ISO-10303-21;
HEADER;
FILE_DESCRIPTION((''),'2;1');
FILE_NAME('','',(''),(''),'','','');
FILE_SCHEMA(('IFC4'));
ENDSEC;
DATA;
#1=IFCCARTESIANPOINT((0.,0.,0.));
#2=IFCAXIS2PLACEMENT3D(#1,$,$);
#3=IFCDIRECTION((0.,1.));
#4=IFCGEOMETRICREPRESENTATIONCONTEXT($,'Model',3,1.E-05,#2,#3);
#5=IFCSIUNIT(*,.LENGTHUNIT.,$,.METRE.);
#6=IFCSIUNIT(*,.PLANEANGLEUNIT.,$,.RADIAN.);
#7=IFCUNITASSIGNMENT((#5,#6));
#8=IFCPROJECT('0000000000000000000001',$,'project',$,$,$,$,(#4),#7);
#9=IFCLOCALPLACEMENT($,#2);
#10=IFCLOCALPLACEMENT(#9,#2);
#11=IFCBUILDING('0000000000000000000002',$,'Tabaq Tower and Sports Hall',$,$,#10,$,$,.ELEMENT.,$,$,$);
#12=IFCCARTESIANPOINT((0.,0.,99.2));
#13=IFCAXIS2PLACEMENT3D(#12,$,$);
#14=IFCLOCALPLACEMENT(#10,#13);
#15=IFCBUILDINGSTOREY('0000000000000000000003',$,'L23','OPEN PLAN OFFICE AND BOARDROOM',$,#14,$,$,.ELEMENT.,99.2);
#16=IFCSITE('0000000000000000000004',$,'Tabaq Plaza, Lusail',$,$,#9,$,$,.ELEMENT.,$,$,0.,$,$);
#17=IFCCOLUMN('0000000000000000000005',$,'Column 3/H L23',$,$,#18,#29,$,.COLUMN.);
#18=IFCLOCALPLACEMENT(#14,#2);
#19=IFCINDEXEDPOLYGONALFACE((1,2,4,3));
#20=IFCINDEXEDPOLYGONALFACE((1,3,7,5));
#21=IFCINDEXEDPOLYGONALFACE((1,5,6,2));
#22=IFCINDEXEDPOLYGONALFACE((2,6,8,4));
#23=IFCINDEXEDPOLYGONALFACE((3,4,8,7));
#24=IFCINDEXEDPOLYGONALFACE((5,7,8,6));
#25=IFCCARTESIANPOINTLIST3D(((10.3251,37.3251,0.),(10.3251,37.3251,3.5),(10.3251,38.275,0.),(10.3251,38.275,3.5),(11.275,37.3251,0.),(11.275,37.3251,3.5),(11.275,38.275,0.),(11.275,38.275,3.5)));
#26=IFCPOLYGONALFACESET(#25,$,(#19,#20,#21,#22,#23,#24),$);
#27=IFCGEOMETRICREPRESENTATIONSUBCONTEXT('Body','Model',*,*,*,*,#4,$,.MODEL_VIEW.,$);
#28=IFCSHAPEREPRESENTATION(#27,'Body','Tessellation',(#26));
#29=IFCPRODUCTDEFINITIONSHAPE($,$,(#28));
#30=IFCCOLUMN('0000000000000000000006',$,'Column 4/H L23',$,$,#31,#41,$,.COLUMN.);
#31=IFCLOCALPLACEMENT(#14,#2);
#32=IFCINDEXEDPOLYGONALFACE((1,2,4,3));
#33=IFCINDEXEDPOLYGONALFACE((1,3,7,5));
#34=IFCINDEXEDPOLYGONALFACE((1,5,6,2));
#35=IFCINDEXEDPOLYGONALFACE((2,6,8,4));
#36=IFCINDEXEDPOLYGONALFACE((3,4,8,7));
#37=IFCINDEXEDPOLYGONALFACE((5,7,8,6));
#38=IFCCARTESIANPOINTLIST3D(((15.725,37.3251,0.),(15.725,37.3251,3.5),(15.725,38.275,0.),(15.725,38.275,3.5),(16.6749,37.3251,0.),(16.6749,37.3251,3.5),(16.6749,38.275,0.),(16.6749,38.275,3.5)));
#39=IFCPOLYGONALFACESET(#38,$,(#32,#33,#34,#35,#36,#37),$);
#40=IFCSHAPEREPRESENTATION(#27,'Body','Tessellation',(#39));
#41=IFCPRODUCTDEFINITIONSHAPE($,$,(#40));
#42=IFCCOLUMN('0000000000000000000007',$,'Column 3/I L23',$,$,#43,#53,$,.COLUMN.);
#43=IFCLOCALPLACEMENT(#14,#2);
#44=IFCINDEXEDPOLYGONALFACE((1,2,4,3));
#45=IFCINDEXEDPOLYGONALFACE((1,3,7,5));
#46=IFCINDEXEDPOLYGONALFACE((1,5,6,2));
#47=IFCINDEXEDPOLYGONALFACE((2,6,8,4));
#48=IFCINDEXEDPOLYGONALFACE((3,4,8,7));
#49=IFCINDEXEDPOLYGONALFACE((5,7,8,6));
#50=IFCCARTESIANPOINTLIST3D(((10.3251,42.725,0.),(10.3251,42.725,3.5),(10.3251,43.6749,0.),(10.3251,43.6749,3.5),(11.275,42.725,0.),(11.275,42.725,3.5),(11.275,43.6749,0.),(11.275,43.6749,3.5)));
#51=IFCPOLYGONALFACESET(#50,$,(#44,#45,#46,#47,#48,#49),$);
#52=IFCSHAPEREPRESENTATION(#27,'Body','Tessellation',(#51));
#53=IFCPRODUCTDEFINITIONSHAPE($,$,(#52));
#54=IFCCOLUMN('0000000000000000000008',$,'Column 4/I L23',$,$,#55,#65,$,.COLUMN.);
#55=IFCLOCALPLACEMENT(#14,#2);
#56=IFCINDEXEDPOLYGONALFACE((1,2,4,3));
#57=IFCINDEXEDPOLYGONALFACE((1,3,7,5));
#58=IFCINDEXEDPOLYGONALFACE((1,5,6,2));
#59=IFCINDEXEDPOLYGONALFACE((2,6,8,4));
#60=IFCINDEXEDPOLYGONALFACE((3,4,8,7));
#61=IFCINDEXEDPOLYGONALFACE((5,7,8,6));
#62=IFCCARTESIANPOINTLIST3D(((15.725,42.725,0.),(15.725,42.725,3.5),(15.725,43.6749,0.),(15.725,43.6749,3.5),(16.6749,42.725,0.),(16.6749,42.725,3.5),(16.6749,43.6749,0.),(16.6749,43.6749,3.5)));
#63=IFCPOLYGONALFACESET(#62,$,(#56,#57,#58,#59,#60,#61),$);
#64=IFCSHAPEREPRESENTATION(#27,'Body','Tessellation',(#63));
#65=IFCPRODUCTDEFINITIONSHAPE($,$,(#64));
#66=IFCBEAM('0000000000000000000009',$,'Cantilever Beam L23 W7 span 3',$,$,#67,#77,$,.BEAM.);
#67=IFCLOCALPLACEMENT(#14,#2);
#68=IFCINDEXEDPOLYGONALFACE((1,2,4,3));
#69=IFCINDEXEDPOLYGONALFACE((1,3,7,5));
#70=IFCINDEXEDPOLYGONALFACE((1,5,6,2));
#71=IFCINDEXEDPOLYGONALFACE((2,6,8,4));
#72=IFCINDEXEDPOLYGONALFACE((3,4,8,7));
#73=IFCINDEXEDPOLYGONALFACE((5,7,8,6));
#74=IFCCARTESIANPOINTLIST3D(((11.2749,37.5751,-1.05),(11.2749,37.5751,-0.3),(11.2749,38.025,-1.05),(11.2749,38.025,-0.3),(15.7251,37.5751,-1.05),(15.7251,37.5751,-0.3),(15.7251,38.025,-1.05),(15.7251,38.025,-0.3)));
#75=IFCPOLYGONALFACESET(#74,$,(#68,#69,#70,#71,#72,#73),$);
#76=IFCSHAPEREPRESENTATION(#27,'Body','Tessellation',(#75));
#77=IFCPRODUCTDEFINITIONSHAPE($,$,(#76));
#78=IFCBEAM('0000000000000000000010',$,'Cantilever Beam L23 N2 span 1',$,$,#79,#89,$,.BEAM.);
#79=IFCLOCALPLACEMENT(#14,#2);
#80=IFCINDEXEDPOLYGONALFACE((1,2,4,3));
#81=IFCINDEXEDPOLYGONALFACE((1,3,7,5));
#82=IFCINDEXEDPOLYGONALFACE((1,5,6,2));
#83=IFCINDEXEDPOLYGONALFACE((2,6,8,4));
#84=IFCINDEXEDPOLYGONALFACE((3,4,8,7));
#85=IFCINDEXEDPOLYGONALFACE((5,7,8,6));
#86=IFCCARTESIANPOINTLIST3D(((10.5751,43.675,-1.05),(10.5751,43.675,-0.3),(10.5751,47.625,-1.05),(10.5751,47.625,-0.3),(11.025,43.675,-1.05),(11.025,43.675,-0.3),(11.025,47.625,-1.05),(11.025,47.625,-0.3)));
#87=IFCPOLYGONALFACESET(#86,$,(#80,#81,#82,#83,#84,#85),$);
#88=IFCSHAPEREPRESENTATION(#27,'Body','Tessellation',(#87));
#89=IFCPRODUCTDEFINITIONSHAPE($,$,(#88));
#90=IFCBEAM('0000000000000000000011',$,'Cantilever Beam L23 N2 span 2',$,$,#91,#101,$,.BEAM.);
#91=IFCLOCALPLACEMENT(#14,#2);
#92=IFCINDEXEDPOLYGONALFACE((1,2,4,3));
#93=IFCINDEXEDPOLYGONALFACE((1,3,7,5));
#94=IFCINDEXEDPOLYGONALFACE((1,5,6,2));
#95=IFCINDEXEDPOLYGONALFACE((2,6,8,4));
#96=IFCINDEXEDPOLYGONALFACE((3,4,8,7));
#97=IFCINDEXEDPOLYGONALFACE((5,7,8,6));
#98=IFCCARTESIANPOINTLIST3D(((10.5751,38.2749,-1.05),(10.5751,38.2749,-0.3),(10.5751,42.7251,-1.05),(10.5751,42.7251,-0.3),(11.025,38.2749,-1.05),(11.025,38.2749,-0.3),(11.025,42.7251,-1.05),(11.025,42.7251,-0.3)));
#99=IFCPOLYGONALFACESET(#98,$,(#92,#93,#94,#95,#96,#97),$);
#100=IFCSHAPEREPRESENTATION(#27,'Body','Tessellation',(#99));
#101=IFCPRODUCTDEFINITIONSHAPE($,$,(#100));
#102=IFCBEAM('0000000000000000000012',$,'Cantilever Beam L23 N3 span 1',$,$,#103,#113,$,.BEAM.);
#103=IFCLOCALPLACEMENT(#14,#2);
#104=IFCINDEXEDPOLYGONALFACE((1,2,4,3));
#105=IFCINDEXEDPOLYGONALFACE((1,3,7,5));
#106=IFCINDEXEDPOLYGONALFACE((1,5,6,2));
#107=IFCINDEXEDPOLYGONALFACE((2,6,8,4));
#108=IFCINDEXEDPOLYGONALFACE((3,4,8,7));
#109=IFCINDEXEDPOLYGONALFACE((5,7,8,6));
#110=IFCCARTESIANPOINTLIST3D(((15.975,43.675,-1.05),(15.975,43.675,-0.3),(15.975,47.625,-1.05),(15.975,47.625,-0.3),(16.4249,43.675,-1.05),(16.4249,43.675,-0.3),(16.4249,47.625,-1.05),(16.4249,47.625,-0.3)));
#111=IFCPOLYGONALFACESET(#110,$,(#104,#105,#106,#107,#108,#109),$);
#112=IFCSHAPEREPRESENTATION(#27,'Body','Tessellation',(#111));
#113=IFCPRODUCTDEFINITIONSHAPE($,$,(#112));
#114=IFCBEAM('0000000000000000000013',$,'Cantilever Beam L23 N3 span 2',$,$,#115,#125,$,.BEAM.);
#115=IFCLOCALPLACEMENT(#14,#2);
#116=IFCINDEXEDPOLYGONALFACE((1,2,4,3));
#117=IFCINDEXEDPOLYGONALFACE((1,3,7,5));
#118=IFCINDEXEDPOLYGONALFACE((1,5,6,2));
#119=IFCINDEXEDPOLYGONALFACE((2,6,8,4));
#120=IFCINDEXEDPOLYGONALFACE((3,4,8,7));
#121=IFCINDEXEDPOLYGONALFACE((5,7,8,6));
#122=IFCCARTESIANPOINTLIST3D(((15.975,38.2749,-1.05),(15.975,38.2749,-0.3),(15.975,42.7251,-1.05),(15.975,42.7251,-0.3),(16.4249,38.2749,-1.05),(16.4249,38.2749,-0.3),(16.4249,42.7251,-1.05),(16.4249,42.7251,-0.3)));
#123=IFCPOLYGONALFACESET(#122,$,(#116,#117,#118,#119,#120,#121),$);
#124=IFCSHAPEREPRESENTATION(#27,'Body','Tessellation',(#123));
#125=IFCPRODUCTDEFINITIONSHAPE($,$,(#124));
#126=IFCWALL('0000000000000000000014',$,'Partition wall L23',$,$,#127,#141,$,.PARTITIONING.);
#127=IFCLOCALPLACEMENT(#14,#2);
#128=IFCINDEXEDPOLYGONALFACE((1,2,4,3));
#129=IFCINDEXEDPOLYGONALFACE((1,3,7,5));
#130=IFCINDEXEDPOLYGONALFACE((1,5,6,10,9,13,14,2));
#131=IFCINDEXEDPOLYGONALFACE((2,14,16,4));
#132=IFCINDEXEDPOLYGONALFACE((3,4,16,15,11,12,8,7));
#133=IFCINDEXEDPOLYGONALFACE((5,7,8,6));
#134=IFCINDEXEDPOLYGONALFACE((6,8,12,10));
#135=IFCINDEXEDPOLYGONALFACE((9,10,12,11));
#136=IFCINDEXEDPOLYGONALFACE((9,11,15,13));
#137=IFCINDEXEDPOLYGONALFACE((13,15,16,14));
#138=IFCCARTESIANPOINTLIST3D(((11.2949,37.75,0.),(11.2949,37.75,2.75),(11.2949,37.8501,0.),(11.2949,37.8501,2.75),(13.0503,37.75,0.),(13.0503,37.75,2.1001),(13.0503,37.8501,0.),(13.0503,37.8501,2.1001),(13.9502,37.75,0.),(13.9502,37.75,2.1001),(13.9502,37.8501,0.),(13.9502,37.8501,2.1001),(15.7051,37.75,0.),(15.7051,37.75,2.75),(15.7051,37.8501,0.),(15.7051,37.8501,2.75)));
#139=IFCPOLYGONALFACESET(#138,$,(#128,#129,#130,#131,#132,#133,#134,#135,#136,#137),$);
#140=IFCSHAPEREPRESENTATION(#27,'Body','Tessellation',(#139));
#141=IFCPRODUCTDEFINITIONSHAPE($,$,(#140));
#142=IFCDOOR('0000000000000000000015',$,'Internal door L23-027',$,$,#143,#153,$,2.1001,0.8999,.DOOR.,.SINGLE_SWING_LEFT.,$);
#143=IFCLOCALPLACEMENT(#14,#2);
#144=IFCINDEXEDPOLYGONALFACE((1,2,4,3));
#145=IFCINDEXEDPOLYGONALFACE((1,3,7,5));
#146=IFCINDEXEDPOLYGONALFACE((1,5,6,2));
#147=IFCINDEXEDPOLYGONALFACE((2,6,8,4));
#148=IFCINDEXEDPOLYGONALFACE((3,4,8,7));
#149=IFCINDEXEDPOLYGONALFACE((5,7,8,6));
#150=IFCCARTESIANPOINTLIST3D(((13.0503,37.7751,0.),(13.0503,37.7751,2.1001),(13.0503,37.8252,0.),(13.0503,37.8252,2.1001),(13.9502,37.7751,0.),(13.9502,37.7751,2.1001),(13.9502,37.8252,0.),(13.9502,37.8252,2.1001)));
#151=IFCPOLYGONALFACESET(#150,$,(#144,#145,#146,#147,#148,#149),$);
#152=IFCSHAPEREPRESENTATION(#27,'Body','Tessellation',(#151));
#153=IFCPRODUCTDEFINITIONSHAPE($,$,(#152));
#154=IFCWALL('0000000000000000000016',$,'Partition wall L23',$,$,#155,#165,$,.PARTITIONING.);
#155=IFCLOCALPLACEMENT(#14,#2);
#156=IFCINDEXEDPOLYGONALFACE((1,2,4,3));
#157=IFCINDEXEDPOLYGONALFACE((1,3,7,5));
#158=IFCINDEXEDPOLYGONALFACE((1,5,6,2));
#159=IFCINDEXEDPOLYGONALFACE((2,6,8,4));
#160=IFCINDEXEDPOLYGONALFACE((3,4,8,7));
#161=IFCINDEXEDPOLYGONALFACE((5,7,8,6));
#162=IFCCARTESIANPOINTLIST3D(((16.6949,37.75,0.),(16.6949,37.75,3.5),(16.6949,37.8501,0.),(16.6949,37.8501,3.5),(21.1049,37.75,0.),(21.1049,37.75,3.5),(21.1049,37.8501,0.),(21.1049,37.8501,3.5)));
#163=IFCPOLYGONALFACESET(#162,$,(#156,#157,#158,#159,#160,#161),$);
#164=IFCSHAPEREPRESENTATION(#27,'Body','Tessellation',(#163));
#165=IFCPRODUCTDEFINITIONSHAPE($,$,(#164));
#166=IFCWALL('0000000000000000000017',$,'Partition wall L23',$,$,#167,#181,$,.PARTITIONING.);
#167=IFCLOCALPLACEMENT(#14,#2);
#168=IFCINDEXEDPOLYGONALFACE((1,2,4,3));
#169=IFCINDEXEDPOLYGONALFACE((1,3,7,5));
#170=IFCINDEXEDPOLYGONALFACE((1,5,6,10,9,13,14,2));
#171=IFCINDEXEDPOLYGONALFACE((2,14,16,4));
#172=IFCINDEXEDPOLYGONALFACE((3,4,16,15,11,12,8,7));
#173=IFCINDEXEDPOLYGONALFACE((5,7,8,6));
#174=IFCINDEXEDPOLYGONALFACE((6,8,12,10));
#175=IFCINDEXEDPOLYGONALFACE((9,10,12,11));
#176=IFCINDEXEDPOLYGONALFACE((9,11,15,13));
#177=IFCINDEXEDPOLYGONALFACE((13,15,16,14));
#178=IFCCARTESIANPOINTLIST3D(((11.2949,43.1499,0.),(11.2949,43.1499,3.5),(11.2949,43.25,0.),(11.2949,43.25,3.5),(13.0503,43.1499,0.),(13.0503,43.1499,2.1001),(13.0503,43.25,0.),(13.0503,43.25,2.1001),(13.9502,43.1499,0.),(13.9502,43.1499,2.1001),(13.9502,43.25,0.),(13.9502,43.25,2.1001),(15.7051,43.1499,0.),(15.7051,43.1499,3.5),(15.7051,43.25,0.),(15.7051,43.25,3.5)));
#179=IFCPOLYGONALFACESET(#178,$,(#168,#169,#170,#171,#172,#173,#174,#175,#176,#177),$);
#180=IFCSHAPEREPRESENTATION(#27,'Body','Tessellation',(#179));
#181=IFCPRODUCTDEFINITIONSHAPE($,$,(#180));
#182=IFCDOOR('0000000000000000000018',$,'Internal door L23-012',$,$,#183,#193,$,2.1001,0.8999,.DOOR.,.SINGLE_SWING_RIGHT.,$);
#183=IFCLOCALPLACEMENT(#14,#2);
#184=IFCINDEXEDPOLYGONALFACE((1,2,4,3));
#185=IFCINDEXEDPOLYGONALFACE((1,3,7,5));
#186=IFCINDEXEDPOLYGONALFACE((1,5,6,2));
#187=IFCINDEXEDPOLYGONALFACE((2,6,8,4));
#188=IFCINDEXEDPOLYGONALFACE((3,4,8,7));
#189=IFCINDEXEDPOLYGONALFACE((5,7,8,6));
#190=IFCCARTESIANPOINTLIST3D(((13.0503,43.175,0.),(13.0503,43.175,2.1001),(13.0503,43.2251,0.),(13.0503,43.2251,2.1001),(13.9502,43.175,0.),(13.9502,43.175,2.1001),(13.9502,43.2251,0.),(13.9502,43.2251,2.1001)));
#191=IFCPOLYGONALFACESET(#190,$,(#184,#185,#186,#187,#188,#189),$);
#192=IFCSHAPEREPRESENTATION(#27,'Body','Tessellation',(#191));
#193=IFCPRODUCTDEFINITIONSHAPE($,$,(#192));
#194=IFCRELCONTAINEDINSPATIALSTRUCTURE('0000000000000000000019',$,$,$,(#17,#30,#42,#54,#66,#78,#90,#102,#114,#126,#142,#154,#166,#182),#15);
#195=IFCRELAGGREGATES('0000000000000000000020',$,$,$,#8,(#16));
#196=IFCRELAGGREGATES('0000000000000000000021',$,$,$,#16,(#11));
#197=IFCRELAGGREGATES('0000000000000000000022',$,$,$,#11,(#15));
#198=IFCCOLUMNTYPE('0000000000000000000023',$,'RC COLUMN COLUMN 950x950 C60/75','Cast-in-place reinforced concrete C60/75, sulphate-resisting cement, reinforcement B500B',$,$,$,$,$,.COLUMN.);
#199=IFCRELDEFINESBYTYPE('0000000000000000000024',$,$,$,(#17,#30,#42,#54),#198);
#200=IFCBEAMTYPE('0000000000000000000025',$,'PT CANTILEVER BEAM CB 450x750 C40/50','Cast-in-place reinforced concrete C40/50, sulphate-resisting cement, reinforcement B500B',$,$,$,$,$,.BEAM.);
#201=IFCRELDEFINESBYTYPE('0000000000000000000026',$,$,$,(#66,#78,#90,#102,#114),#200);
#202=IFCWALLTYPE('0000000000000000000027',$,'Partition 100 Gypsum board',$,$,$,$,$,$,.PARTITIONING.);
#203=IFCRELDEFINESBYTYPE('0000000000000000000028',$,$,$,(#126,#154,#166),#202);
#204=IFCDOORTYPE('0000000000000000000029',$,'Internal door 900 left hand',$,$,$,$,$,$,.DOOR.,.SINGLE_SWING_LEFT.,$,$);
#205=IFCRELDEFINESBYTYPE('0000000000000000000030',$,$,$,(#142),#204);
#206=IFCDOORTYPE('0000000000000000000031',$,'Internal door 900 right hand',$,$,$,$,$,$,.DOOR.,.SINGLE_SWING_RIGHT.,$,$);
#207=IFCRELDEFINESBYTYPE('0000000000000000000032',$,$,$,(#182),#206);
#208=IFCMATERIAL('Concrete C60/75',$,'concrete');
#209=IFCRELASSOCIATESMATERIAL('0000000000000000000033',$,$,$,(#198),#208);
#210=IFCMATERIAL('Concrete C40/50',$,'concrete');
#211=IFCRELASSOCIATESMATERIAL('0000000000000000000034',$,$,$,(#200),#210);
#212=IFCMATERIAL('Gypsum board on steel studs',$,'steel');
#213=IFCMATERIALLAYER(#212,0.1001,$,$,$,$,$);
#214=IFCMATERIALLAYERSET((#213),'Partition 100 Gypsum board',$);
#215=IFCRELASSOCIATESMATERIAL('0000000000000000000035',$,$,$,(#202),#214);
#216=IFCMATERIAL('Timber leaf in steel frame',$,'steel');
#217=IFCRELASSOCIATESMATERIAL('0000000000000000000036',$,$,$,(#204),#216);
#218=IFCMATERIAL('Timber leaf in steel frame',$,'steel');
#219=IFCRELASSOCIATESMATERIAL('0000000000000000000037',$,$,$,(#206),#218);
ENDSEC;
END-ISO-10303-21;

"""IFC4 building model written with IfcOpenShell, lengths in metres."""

from ifc_helpers import new_model, si_unit, direction, frame, frame_2d, origin, origin_2d, place, context, subcontext, project, spatial, rectangle, extrude, material, layer, layer_set, material_profile, profile_set, type_object, element, fill, save


model = new_model("IFC4")

# Units and contexts
model_context = context("Model", 3, precision=1e-05, world=origin(), true_north=direction((0.0, 1.0)))
body_context = subcontext(model_context, "Body", "Model", "MODEL_VIEW")
ifc_project = project(units=[si_unit("LENGTHUNIT", "METRE"), si_unit("PLANEANGLEUNIT", "RADIAN")], contexts=[model_context])

# Site, building, storey
site_placement = place(None, origin())
site = spatial("IfcSite", under=ifc_project, at=site_placement, Name="Tabaq Plaza, Lusail", CompositionType="ELEMENT", RefElevation=0.0)
building_placement = place(site_placement, origin())
building = spatial("IfcBuilding", under=site, at=building_placement, Name="Tabaq Tower and Sports Hall", CompositionType="ELEMENT")
storey_placement = place(building_placement, frame((0.0, 0.0, 99.2)))
storey = spatial("IfcBuildingStorey", under=building, at=storey_placement, Name="L23", Description="OPEN PLAN OFFICE AND BOARDROOM", CompositionType="ELEMENT", Elevation=99.2)

# Columns
ifc_material_1 = material(Name="Concrete C60/75", Category="concrete")
ifc_material_profile_1 = material_profile(ifc_material_1, rectangle(XDim=0.95, YDim=0.95, at=origin_2d()), Name="COLUMN 950x950")
ifc_profile_set_1 = profile_set([ifc_material_profile_1], Name="Concrete C60/75")
column_type = type_object("IfcColumnType", Name="RC COLUMN COLUMN 950x950 C60/75", Description="Cast-in-place reinforced concrete C60/75, sulphate-resisting cement, reinforcement B500B", PredefinedType="COLUMN", material=ifc_profile_set_1)
for number, where, z_axis, x_axis, name in (
    (1, (10.8, 37.8, 0.0), (0.0, 0.0, 1.0), (1.0, 0.0, 0.0), "Column 3/H L23"),
    (2, (16.2, 37.8, 0.0), (0.0, 0.0, 1.0), (1.0, 0.0, 0.0), "Column 4/H L23"),
    (3, (10.8, 43.2, 0.0), (0.0, 0.0, 1.0), (1.0, 0.0, 0.0), "Column 3/I L23"),
    (4, (16.2, 43.2, 0.0), (0.0, 0.0, 1.0), (1.0, 0.0, 0.0), "Column 4/I L23"),
):
    element("IfcColumn", number, at=place(storey_placement, frame(where, z_axis=z_axis, x_axis=x_axis)), inside=storey, type_object=column_type, Name=name, PredefinedType="COLUMN", context=body_context, shape_type="SweptSolid", body=[
        extrude(rectangle(XDim=0.95, YDim=0.95, at=origin_2d()), origin(), (0.0, 0.0, 1.0), 3.5),
    ])

# Beams
ifc_material_2 = material(Name="Concrete C40/50", Category="concrete")
ifc_material_profile_2 = material_profile(ifc_material_2, rectangle(XDim=0.45, YDim=0.75, at=origin_2d()), Name="CB 450x750")
ifc_profile_set_2 = profile_set([ifc_material_profile_2], Name="Concrete C40/50")
beam_type = type_object("IfcBeamType", Name="PT CANTILEVER BEAM CB 450x750 C40/50", Description="Cast-in-place reinforced concrete C40/50, sulphate-resisting cement, reinforcement B500B", PredefinedType="BEAM", material=ifc_profile_set_2)
beam_1_placement = place(storey_placement, frame((11.2749, 37.8, -0.675), z_axis=(1.0, 0.0, 0.0), x_axis=(0.0, 1.0, 0.0)))
element("IfcBeam", 5, at=beam_1_placement, inside=storey, type_object=beam_type, Name="Cantilever Beam L23 W7 span 3", PredefinedType="BEAM", context=body_context, shape_type="SweptSolid", body=[
    extrude(rectangle(XDim=0.45, YDim=0.75, at=origin_2d()), origin(), (0.0, 0.0, 1.0), 4.4502),
])
beam_2_placement = place(storey_placement, frame((10.8, 47.625, -0.675), z_axis=(0.0, -1.0, 0.0), x_axis=(1.0, 0.0, 0.0)))
element("IfcBeam", 6, at=beam_2_placement, inside=storey, type_object=beam_type, Name="Cantilever Beam L23 N2 span 1", PredefinedType="BEAM", context=body_context, shape_type="SweptSolid", body=[
    extrude(rectangle(XDim=0.45, YDim=0.75, at=origin_2d()), origin(), (0.0, 0.0, 1.0), 3.95),
])
beam_3_placement = place(storey_placement, frame((10.8, 42.7251, -0.675), z_axis=(0.0, -1.0, 0.0), x_axis=(1.0, 0.0, 0.0)))
element("IfcBeam", 7, at=beam_3_placement, inside=storey, type_object=beam_type, Name="Cantilever Beam L23 N2 span 2", PredefinedType="BEAM", context=body_context, shape_type="SweptSolid", body=[
    extrude(rectangle(XDim=0.45, YDim=0.75, at=origin_2d()), origin(), (0.0, 0.0, 1.0), 4.4502),
])
beam_4_placement = place(storey_placement, frame((16.2, 47.625, -0.675), z_axis=(0.0, -1.0, 0.0), x_axis=(1.0, 0.0, 0.0)))
element("IfcBeam", 8, at=beam_4_placement, inside=storey, type_object=beam_type, Name="Cantilever Beam L23 N3 span 1", PredefinedType="BEAM", context=body_context, shape_type="SweptSolid", body=[
    extrude(rectangle(XDim=0.45, YDim=0.75, at=origin_2d()), origin(), (0.0, 0.0, 1.0), 3.95),
])
beam_5_placement = place(storey_placement, frame((16.2, 42.7251, -0.675), z_axis=(0.0, -1.0, 0.0), x_axis=(1.0, 0.0, 0.0)))
element("IfcBeam", 9, at=beam_5_placement, inside=storey, type_object=beam_type, Name="Cantilever Beam L23 N3 span 2", PredefinedType="BEAM", context=body_context, shape_type="SweptSolid", body=[
    extrude(rectangle(XDim=0.45, YDim=0.75, at=origin_2d()), origin(), (0.0, 0.0, 1.0), 4.4502),
])

# Wall, opening, door
ifc_material_3 = material(Name="Gypsum board on steel studs", Category="steel")
ifc_layer_1 = layer(ifc_material_3, 0.1001)
ifc_layer_set_1 = layer_set([ifc_layer_1], Name="Partition 100 Gypsum board")
wall_type_1 = type_object("IfcWallType", Name="Partition 100 Gypsum board", PredefinedType="PARTITIONING", material=ifc_layer_set_1)
wall_1_placement = place(storey_placement, frame((15.7051, 37.8, 0.0), z_axis=(0.0, 0.0, 1.0), x_axis=(-1.0, 0.0, 0.0)))
wall_1 = element("IfcWall", 10, at=wall_1_placement, inside=storey, type_object=wall_type_1, Name="Partition wall L23", PredefinedType="PARTITIONING", context=body_context, shape_type="SweptSolid", body=[
    extrude(rectangle(XDim=4.4102, YDim=0.1001, at=frame_2d((2.2051, 0.0))), origin(), (0.0, 0.0, 1.0), 2.75),
])
opening_1_placement = place(wall_1_placement, frame((1.7549, 0.0, 0.0)))
opening_1 = element("IfcOpeningElement", 11, at=opening_1_placement, cuts=wall_1, PredefinedType="OPENING", context=body_context, shape_type="SweptSolid", body=[
    extrude(rectangle(XDim=0.8999, YDim=2.1001, at=frame_2d((0.45, 1.05))), frame((0.0, 0.05, 0.0), z_axis=(0.0, -1.0, 0.0), x_axis=(1.0, 0.0, 0.0)), (0.0, 0.0, 1.0), 0.1001),
])
ifc_material_4 = material(Name="Timber leaf in steel frame", Category="steel")
door_type_1 = type_object("IfcDoorType", Name="Internal door 900 left hand", OperationType="SINGLE_SWING_LEFT", PredefinedType="DOOR", material=ifc_material_4)
door_1_placement = place(opening_1_placement, origin())
door_1 = element("IfcDoor", 12, at=door_1_placement, inside=storey, type_object=door_type_1, Name="Internal door L23-027", OperationType="SINGLE_SWING_LEFT", OverallHeight=2.1001, OverallWidth=0.8999, PredefinedType="DOOR", context=body_context, shape_type="SweptSolid", body=[
    extrude(rectangle(XDim=0.8999, YDim=2.1001, at=frame_2d((0.45, 1.05))), frame((0.0, 0.0249, 0.0), z_axis=(0.0, -1.0, 0.0), x_axis=(1.0, 0.0, 0.0)), (0.0, 0.0, 1.0), 0.05),
])
fill(opening_1, door_1)

# Wall
wall_2_placement = place(storey_placement, frame((21.105, 37.8, 0.0), z_axis=(0.0, 0.0, 1.0), x_axis=(-1.0, 0.0, 0.0)))
element("IfcWall", 13, at=wall_2_placement, inside=storey, type_object=wall_type_1, Name="Partition wall L23", PredefinedType="PARTITIONING", context=body_context, shape_type="SweptSolid", body=[
    extrude(rectangle(XDim=4.4099, YDim=0.1001, at=frame_2d((2.2051, 0.0))), origin(), (0.0, 0.0, 1.0), 3.5),
])

# Wall, opening, door
wall_3_placement = place(storey_placement, frame((15.7051, 43.2, 0.0), z_axis=(0.0, 0.0, 1.0), x_axis=(-1.0, 0.0, 0.0)))
wall_3 = element("IfcWall", 14, at=wall_3_placement, inside=storey, type_object=wall_type_1, Name="Partition wall L23", PredefinedType="PARTITIONING", context=body_context, shape_type="SweptSolid", body=[
    extrude(rectangle(XDim=4.4102, YDim=0.1001, at=frame_2d((2.2051, 0.0))), origin(), (0.0, 0.0, 1.0), 3.5),
])
opening_2_placement = place(wall_3_placement, frame((1.7549, 0.0, 0.0)))
opening_2 = element("IfcOpeningElement", 15, at=opening_2_placement, cuts=wall_3, PredefinedType="OPENING", context=body_context, shape_type="SweptSolid", body=[
    extrude(rectangle(XDim=0.8999, YDim=2.1001, at=frame_2d((0.45, 1.05))), frame((0.0, 0.05, 0.0), z_axis=(0.0, -1.0, 0.0), x_axis=(1.0, 0.0, 0.0)), (0.0, 0.0, 1.0), 0.1001),
])
ifc_material_5 = material(Name="Timber leaf in steel frame", Category="steel")
door_type_2 = type_object("IfcDoorType", Name="Internal door 900 right hand", OperationType="SINGLE_SWING_RIGHT", PredefinedType="DOOR", material=ifc_material_5)
door_2_placement = place(opening_2_placement, origin())
door_2 = element("IfcDoor", 16, at=door_2_placement, inside=storey, type_object=door_type_2, Name="Internal door L23-012", OperationType="SINGLE_SWING_RIGHT", OverallHeight=2.1001, OverallWidth=0.8999, PredefinedType="DOOR", context=body_context, shape_type="SweptSolid", body=[
    extrude(rectangle(XDim=0.8999, YDim=2.1001, at=frame_2d((0.45, 1.05))), frame((0.0, 0.0249, 0.0), z_axis=(0.0, -1.0, 0.0), x_axis=(1.0, 0.0, 0.0)), (0.0, 0.0, 1.0), 0.05),
])
fill(opening_2, door_2)

save(model, "model.ifc")
